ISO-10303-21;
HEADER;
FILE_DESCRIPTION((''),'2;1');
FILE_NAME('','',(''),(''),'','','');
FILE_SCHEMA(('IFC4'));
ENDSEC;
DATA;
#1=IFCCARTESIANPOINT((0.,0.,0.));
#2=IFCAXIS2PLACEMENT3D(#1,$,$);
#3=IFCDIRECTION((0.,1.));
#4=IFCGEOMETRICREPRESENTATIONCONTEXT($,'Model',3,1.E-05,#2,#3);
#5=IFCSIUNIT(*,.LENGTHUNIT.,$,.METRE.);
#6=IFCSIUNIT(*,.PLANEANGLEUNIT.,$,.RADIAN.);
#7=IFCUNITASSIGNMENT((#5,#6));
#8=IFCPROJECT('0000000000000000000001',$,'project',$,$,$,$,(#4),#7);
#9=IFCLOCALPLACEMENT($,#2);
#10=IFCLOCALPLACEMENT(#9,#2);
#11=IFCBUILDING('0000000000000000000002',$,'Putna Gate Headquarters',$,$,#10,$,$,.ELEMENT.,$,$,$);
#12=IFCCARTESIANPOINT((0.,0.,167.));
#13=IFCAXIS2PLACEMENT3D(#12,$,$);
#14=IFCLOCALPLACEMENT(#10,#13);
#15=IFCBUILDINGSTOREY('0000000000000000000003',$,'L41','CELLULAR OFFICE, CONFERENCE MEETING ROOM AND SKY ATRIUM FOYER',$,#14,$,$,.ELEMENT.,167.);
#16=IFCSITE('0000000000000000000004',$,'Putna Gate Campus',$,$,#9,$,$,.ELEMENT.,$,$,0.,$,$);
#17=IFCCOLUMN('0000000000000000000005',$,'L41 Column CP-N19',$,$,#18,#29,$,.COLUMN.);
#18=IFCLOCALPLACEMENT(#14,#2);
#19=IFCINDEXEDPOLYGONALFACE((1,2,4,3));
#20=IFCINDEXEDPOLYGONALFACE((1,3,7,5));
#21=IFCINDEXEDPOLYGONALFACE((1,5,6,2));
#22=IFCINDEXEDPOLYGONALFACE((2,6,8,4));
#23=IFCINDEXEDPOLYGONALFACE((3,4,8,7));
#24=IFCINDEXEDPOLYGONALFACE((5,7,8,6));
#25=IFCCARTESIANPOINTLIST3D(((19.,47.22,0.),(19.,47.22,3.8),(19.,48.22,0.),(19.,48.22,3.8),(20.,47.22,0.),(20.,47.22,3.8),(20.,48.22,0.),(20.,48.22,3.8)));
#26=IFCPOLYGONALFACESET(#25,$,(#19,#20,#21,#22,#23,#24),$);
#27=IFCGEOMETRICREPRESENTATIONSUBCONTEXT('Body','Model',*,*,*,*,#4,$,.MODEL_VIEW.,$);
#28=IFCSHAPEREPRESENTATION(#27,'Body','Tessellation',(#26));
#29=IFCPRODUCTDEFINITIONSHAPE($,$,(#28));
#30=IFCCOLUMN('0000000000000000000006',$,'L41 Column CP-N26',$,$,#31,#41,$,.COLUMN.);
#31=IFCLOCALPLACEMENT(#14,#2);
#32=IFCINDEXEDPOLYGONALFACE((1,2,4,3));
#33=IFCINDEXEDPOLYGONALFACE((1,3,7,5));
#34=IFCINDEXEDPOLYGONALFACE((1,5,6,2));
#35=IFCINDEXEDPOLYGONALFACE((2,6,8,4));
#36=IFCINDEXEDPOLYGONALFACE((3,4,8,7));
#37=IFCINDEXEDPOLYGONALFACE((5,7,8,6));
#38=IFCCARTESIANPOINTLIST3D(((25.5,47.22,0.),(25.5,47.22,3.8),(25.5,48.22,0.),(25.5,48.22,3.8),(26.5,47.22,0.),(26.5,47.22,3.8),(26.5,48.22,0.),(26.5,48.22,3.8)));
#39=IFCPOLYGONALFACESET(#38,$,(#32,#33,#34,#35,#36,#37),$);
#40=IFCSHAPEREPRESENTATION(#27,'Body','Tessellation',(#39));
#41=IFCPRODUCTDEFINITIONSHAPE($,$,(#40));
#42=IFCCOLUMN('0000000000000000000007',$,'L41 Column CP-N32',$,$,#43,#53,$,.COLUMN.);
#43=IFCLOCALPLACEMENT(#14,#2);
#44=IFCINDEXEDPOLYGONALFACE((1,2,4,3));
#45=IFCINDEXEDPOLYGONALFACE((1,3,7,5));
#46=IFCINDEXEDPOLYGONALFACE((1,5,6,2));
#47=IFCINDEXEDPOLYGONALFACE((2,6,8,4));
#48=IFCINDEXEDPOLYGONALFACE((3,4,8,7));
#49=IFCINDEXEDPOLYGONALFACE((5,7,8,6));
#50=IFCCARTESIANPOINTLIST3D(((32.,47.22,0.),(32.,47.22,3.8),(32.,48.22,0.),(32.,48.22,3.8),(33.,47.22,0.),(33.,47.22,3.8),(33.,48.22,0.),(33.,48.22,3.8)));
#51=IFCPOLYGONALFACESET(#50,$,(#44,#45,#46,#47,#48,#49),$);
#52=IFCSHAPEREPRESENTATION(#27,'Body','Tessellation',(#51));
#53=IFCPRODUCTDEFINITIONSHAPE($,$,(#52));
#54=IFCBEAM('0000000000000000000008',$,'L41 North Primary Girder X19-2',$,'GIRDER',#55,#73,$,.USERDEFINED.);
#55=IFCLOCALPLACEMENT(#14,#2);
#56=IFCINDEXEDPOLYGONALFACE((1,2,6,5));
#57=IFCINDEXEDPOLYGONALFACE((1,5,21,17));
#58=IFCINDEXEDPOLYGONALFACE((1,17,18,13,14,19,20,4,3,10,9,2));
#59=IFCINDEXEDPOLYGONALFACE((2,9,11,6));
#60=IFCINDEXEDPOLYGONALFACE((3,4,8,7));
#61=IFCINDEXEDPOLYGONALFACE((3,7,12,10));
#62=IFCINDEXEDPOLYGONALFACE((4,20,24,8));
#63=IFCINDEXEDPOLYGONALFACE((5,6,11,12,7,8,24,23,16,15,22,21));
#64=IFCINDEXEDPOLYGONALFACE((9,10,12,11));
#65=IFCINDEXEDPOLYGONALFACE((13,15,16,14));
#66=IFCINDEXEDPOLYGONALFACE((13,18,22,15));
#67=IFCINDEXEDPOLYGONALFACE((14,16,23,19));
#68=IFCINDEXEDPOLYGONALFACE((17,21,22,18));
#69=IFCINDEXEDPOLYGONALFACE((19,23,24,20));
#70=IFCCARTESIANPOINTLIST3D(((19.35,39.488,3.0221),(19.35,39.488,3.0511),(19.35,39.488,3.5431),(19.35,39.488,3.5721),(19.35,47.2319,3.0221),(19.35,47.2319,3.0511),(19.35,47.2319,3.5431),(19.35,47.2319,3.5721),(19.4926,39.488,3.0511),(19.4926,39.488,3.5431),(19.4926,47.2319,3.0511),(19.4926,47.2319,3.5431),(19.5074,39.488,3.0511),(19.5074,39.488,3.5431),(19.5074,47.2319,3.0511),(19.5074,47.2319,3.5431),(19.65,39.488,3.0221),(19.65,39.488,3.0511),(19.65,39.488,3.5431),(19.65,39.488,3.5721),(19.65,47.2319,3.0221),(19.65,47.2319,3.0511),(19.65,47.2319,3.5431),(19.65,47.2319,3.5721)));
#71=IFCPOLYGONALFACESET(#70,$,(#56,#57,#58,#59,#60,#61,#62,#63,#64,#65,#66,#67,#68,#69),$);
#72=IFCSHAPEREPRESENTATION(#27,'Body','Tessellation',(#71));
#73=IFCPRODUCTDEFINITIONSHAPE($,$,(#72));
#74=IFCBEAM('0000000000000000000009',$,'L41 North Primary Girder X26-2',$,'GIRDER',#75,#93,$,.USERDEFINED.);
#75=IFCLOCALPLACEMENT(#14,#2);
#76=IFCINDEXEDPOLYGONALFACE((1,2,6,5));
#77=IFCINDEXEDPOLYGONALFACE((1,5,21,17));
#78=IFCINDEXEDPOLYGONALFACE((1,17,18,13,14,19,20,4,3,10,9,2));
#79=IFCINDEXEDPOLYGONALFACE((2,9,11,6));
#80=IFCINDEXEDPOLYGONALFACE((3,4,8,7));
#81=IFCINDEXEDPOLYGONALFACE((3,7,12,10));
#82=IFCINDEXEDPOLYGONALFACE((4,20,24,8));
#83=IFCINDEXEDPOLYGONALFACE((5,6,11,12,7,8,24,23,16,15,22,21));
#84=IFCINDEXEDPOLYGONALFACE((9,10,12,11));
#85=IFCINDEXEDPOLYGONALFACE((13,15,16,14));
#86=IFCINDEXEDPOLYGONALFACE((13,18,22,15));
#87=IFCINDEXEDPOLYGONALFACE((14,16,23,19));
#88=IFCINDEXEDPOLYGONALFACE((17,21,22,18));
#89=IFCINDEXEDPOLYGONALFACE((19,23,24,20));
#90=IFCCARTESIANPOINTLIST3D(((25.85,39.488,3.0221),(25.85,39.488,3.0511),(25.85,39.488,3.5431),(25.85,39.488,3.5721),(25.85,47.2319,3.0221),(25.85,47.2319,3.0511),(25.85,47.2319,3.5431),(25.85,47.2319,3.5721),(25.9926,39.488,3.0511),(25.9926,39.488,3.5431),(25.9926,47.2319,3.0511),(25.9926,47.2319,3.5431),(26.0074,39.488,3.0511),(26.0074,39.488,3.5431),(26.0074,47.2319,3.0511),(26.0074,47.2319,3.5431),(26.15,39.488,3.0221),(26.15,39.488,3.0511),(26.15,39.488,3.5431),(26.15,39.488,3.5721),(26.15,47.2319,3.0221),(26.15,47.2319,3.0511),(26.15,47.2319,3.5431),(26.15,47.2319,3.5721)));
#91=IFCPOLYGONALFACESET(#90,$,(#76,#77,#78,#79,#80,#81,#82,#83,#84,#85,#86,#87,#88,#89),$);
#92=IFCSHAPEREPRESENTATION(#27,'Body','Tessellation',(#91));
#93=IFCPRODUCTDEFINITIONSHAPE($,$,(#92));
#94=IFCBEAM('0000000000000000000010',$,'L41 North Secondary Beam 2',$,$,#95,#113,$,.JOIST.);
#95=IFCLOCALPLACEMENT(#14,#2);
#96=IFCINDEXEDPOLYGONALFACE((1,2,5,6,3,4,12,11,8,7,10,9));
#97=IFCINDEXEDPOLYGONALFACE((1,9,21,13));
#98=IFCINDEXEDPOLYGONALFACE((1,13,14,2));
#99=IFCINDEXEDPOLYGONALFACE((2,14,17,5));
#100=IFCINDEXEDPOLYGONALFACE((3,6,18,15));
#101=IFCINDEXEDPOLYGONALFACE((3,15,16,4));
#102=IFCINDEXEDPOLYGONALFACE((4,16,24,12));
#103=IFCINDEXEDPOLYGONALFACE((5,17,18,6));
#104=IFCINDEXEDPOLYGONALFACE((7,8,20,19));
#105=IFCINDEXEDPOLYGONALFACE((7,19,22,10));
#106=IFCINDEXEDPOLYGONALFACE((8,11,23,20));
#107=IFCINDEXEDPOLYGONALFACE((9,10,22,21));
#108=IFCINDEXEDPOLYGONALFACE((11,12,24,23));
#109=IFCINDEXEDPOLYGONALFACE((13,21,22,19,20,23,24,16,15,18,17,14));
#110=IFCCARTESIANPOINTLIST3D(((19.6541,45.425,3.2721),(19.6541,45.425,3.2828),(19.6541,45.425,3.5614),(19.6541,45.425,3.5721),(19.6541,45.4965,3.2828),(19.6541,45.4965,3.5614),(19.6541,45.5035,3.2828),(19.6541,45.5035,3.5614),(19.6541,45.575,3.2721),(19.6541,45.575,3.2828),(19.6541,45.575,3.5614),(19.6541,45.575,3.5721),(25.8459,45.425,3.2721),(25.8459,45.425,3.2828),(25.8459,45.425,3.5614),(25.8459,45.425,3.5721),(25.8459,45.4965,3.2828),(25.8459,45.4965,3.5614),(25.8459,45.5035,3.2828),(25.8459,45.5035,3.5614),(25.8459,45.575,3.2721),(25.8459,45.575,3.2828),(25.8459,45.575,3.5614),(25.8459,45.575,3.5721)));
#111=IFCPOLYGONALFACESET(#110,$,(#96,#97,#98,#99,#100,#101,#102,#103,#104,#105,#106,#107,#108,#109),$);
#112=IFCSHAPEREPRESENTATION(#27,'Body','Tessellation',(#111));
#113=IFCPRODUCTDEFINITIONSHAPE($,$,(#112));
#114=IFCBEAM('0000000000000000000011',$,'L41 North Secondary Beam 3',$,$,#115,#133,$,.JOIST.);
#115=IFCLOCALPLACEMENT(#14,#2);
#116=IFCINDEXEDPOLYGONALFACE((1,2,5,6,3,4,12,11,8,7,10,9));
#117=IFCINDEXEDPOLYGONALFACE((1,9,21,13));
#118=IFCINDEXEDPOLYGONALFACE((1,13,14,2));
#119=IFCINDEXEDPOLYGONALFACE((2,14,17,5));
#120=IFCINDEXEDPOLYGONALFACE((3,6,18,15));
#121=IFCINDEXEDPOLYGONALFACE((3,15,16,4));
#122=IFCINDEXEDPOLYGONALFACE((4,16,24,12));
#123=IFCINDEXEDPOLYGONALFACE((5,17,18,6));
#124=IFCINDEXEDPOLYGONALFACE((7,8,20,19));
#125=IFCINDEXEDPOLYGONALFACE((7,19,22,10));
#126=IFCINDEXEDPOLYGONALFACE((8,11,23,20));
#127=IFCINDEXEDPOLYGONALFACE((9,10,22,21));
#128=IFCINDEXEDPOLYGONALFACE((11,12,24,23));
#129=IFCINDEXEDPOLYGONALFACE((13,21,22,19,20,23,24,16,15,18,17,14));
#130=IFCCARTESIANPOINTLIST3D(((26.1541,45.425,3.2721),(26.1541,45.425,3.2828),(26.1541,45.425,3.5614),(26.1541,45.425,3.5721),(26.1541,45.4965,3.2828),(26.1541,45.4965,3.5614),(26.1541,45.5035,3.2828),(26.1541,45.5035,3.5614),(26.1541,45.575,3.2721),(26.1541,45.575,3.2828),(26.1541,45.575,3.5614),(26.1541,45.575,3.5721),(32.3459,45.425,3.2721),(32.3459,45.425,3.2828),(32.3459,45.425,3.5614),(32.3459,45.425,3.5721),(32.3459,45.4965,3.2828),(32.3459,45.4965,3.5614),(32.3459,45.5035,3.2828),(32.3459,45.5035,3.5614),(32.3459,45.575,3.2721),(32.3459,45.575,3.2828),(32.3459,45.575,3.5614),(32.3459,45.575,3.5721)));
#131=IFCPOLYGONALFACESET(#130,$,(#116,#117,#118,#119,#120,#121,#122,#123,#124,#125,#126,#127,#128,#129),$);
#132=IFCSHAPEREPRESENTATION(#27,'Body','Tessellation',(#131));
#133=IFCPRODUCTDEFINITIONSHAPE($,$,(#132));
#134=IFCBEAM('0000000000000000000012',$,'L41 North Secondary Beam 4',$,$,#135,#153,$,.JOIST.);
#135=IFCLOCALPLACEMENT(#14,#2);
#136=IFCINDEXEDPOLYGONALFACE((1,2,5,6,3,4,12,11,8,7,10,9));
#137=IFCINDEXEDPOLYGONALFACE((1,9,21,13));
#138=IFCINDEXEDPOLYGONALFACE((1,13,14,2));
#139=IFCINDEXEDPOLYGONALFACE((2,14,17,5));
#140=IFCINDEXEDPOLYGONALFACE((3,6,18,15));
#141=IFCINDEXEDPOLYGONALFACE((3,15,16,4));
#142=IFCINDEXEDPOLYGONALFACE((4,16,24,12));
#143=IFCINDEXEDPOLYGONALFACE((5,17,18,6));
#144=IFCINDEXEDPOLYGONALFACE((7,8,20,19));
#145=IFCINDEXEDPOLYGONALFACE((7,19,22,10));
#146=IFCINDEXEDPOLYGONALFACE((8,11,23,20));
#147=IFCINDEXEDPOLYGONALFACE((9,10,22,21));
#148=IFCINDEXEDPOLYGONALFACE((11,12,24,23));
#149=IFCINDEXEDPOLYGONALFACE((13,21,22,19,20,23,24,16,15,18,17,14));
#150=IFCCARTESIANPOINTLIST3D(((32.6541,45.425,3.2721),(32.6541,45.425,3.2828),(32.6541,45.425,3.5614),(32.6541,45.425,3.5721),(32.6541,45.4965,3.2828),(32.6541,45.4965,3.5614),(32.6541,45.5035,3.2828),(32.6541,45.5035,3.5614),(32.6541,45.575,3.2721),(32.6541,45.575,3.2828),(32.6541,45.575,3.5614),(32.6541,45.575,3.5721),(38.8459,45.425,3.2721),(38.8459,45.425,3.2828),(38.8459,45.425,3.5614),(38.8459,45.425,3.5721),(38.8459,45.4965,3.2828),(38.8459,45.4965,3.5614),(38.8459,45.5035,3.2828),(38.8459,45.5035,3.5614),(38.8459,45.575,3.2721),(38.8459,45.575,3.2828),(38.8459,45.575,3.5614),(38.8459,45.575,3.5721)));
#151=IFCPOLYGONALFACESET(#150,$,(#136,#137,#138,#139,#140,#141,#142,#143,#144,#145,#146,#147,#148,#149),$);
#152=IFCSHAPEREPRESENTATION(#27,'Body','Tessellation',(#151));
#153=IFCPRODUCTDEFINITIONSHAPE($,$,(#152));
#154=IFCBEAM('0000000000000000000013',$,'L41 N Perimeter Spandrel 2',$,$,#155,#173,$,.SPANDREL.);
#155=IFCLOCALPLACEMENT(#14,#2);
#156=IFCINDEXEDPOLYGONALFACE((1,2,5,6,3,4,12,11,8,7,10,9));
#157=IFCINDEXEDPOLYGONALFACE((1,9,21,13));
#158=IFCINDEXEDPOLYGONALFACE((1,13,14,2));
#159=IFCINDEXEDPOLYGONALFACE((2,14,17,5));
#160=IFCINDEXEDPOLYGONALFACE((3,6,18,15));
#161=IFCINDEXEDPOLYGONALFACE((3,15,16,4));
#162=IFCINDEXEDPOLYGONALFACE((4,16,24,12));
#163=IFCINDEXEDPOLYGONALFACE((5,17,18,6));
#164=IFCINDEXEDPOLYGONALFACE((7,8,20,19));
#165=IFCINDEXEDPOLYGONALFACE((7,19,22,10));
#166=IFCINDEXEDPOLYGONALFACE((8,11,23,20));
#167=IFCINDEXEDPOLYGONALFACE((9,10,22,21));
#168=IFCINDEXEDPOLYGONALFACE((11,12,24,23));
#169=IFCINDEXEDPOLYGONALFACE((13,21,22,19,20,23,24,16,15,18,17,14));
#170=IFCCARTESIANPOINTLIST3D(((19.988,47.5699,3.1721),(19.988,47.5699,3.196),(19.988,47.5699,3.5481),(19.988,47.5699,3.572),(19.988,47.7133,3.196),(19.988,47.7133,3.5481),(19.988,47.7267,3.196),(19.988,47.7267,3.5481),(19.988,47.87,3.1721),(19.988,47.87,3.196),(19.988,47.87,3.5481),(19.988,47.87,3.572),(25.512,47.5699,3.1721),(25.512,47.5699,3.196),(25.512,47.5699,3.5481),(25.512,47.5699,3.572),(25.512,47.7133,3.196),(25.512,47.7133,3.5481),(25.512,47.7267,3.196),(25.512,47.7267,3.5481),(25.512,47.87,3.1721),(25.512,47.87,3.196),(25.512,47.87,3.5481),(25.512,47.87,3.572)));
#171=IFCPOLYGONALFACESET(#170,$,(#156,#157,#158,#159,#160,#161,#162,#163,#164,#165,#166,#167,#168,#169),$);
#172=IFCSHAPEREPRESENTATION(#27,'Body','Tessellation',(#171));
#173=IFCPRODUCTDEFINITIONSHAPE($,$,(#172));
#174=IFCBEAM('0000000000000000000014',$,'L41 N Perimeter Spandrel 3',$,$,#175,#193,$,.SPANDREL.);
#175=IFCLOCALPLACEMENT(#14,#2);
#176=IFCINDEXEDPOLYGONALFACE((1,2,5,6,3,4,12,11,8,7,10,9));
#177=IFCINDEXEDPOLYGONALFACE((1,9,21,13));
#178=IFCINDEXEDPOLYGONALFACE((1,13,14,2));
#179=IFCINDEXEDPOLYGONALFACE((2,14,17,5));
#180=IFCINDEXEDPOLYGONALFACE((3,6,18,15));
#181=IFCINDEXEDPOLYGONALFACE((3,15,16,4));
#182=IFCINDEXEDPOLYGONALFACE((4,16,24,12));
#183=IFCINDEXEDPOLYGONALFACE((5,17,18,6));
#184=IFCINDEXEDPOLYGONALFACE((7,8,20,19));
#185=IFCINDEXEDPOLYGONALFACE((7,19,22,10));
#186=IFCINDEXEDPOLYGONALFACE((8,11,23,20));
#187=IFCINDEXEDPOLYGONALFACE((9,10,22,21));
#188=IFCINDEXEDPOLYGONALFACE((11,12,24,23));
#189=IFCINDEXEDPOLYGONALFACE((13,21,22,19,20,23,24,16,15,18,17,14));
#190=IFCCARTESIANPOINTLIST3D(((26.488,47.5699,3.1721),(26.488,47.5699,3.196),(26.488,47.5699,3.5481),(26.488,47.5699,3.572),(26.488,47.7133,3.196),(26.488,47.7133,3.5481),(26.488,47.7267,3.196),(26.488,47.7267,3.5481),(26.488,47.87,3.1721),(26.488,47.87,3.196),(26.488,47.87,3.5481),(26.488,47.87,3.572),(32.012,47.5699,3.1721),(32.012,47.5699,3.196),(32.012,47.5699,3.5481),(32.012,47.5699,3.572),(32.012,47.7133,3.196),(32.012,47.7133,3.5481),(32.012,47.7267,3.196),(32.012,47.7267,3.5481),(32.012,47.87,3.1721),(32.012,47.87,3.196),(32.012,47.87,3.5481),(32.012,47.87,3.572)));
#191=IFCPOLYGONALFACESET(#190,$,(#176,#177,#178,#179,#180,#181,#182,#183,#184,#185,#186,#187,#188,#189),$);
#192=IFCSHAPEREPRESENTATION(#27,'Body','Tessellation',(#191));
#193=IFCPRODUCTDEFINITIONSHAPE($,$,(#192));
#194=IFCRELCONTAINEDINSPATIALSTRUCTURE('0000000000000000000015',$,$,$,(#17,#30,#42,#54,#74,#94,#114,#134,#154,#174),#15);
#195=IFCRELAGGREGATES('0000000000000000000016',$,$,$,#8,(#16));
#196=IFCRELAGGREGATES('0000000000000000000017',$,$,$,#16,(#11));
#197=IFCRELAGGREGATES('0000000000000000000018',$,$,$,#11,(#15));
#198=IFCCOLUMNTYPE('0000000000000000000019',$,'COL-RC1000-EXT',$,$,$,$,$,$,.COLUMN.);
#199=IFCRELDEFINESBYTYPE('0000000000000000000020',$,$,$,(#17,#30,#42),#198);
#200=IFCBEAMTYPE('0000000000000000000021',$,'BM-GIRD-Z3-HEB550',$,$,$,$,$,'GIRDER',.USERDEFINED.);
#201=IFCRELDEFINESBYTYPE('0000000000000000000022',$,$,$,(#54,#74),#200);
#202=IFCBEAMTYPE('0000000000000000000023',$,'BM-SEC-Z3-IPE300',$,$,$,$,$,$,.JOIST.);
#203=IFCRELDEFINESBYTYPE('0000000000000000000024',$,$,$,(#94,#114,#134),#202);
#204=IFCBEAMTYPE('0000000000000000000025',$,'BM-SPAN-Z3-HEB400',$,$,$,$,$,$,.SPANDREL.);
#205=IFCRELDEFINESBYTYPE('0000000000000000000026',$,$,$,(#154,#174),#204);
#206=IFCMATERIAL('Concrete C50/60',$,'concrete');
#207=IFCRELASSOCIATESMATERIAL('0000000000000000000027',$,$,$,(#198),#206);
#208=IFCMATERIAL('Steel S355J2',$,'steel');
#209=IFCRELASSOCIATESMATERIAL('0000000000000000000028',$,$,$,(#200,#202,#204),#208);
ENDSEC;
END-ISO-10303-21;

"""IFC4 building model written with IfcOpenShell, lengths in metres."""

from ifc_helpers import new_model, si_unit, direction, frame, origin, origin_2d, place, context, subcontext, project, spatial, rectangle, i_section, extrude, material, material_profile, profile_set, type_object, element, save


model = new_model("IFC4")

# Units and contexts
model_context = context("Model", 3, precision=1e-05, world=origin(), true_north=direction((0.0, 1.0)))
body_context = subcontext(model_context, "Body", "Model", "MODEL_VIEW")
ifc_project = project(units=[si_unit("LENGTHUNIT", "METRE"), si_unit("PLANEANGLEUNIT", "RADIAN")], contexts=[model_context])

# Site, building, storey
site_placement = place(None, origin())
site = spatial("IfcSite", under=ifc_project, at=site_placement, Name="Putna Gate Campus", CompositionType="ELEMENT", RefElevation=0.0)
building_placement = place(site_placement, origin())
building = spatial("IfcBuilding", under=site, at=building_placement, Name="Putna Gate Headquarters", CompositionType="ELEMENT")
storey_placement = place(building_placement, frame((0.0, 0.0, 167.0)))
storey = spatial("IfcBuildingStorey", under=building, at=storey_placement, Name="L41", Description="CELLULAR OFFICE, CONFERENCE MEETING ROOM AND SKY ATRIUM FOYER", CompositionType="ELEMENT", Elevation=167.0)

# Columns
ifc_material_1 = material(Name="Concrete C50/60", Category="concrete")
ifc_material_profile_1 = material_profile(ifc_material_1, rectangle(XDim=1.0, YDim=1.0, at=origin_2d()), Name="Concrete C50/60")
ifc_profile_set_1 = profile_set([ifc_material_profile_1], Name="Concrete C50/60")
column_type = type_object("IfcColumnType", Name="COL-RC1000-EXT", PredefinedType="COLUMN", material=ifc_profile_set_1)
for number, where, z_axis, x_axis, name in (
    (1, (19.5, 47.72, 0.0), (0.0, 0.0, 1.0), (1.0, 0.0, 0.0), "L41 Column CP-N19"),
    (2, (26.0, 47.72, 0.0), (0.0, 0.0, 1.0), (1.0, 0.0, 0.0), "L41 Column CP-N26"),
    (3, (32.5, 47.72, 0.0), (0.0, 0.0, 1.0), (1.0, 0.0, 0.0), "L41 Column CP-N32"),
):
    element("IfcColumn", number, at=place(storey_placement, frame(where, z_axis=z_axis, x_axis=x_axis)), inside=storey, type_object=column_type, Name=name, PredefinedType="COLUMN", context=body_context, shape_type="SweptSolid", body=[
        extrude(rectangle(XDim=1.0, YDim=1.0, at=origin_2d()), origin(), (0.0, 0.0, 1.0), 3.8),
    ])

# Beams
ifc_material_2 = material(Name="Steel S355J2", Category="steel")
ifc_material_profile_2 = material_profile(ifc_material_2, i_section(OverallWidth=0.3, OverallDepth=0.55, WebThickness=0.0149, FlangeThickness=0.0291, at=origin_2d()), Name="Steel S355J2")
ifc_profile_set_2 = profile_set([ifc_material_profile_2], Name="Steel S355J2")
beam_type_1 = type_object("IfcBeamType", Name="BM-GIRD-Z3-HEB550", ElementType="GIRDER", PredefinedType="USERDEFINED", material=ifc_profile_set_2)
for number, where, z_axis, x_axis, name in (
    (4, (19.5, 39.488, 3.2971), (0.0, 1.0, 0.0), (-1.0, 0.0, 0.0), "L41 North Primary Girder X19-2"),
    (5, (26.0, 39.488, 3.2971), (0.0, 1.0, 0.0), (-1.0, 0.0, 0.0), "L41 North Primary Girder X26-2"),
):
    element("IfcBeam", number, at=place(storey_placement, frame(where, z_axis=z_axis, x_axis=x_axis)), inside=storey, type_object=beam_type_1, Name=name, ObjectType="GIRDER", PredefinedType="USERDEFINED", context=body_context, shape_type="SweptSolid", body=[
        extrude(i_section(OverallWidth=0.3, OverallDepth=0.55, WebThickness=0.0149, FlangeThickness=0.0291, at=origin_2d()), origin(), (0.0, 0.0, 1.0), 7.7439),
    ])
ifc_material_profile_3 = material_profile(ifc_material_2, i_section(OverallWidth=0.1499, OverallDepth=0.3, WebThickness=0.0071, FlangeThickness=0.0107, at=origin_2d()), Name="Steel S355J2")
ifc_profile_set_3 = profile_set([ifc_material_profile_3], Name="Steel S355J2")
beam_type_2 = type_object("IfcBeamType", Name="BM-SEC-Z3-IPE300", PredefinedType="JOIST", material=ifc_profile_set_3)
for number, where, z_axis, x_axis, name in (
    (6, (19.6541, 45.5, 3.4221), (1.0, 0.0, 0.0), (0.0, 1.0, 0.0), "L41 North Secondary Beam 2"),
    (7, (26.1541, 45.5, 3.4221), (1.0, 0.0, 0.0), (0.0, 1.0, 0.0), "L41 North Secondary Beam 3"),
    (8, (32.6541, 45.5, 3.4221), (1.0, 0.0, 0.0), (0.0, 1.0, 0.0), "L41 North Secondary Beam 4"),
):
    element("IfcBeam", number, at=place(storey_placement, frame(where, z_axis=z_axis, x_axis=x_axis)), inside=storey, type_object=beam_type_2, Name=name, PredefinedType="JOIST", context=body_context, shape_type="SweptSolid", body=[
        extrude(i_section(OverallWidth=0.1499, OverallDepth=0.3, WebThickness=0.0071, FlangeThickness=0.0107, at=origin_2d()), origin(), (0.0, 0.0, 1.0), 6.1919),
    ])
ifc_material_profile_4 = material_profile(ifc_material_2, i_section(OverallWidth=0.3, OverallDepth=0.3999, WebThickness=0.0134, FlangeThickness=0.0239, at=origin_2d()), Name="Steel S355J2")
ifc_profile_set_4 = profile_set([ifc_material_profile_4], Name="Steel S355J2")
beam_type_3 = type_object("IfcBeamType", Name="BM-SPAN-Z3-HEB400", PredefinedType="SPANDREL", material=ifc_profile_set_4)
for number, where, z_axis, x_axis, name in (
    (9, (19.988, 47.72, 3.3721), (1.0, 0.0, 0.0), (0.0, 1.0, 0.0), "L41 N Perimeter Spandrel 2"),
    (10, (26.488, 47.72, 3.3721), (1.0, 0.0, 0.0), (0.0, 1.0, 0.0), "L41 N Perimeter Spandrel 3"),
):
    element("IfcBeam", number, at=place(storey_placement, frame(where, z_axis=z_axis, x_axis=x_axis)), inside=storey, type_object=beam_type_3, Name=name, PredefinedType="SPANDREL", context=body_context, shape_type="SweptSolid", body=[
        extrude(i_section(OverallWidth=0.3, OverallDepth=0.3999, WebThickness=0.0134, FlangeThickness=0.0239, at=origin_2d()), origin(), (0.0, 0.0, 1.0), 5.5239),
    ])

save(model, "model.ifc")
